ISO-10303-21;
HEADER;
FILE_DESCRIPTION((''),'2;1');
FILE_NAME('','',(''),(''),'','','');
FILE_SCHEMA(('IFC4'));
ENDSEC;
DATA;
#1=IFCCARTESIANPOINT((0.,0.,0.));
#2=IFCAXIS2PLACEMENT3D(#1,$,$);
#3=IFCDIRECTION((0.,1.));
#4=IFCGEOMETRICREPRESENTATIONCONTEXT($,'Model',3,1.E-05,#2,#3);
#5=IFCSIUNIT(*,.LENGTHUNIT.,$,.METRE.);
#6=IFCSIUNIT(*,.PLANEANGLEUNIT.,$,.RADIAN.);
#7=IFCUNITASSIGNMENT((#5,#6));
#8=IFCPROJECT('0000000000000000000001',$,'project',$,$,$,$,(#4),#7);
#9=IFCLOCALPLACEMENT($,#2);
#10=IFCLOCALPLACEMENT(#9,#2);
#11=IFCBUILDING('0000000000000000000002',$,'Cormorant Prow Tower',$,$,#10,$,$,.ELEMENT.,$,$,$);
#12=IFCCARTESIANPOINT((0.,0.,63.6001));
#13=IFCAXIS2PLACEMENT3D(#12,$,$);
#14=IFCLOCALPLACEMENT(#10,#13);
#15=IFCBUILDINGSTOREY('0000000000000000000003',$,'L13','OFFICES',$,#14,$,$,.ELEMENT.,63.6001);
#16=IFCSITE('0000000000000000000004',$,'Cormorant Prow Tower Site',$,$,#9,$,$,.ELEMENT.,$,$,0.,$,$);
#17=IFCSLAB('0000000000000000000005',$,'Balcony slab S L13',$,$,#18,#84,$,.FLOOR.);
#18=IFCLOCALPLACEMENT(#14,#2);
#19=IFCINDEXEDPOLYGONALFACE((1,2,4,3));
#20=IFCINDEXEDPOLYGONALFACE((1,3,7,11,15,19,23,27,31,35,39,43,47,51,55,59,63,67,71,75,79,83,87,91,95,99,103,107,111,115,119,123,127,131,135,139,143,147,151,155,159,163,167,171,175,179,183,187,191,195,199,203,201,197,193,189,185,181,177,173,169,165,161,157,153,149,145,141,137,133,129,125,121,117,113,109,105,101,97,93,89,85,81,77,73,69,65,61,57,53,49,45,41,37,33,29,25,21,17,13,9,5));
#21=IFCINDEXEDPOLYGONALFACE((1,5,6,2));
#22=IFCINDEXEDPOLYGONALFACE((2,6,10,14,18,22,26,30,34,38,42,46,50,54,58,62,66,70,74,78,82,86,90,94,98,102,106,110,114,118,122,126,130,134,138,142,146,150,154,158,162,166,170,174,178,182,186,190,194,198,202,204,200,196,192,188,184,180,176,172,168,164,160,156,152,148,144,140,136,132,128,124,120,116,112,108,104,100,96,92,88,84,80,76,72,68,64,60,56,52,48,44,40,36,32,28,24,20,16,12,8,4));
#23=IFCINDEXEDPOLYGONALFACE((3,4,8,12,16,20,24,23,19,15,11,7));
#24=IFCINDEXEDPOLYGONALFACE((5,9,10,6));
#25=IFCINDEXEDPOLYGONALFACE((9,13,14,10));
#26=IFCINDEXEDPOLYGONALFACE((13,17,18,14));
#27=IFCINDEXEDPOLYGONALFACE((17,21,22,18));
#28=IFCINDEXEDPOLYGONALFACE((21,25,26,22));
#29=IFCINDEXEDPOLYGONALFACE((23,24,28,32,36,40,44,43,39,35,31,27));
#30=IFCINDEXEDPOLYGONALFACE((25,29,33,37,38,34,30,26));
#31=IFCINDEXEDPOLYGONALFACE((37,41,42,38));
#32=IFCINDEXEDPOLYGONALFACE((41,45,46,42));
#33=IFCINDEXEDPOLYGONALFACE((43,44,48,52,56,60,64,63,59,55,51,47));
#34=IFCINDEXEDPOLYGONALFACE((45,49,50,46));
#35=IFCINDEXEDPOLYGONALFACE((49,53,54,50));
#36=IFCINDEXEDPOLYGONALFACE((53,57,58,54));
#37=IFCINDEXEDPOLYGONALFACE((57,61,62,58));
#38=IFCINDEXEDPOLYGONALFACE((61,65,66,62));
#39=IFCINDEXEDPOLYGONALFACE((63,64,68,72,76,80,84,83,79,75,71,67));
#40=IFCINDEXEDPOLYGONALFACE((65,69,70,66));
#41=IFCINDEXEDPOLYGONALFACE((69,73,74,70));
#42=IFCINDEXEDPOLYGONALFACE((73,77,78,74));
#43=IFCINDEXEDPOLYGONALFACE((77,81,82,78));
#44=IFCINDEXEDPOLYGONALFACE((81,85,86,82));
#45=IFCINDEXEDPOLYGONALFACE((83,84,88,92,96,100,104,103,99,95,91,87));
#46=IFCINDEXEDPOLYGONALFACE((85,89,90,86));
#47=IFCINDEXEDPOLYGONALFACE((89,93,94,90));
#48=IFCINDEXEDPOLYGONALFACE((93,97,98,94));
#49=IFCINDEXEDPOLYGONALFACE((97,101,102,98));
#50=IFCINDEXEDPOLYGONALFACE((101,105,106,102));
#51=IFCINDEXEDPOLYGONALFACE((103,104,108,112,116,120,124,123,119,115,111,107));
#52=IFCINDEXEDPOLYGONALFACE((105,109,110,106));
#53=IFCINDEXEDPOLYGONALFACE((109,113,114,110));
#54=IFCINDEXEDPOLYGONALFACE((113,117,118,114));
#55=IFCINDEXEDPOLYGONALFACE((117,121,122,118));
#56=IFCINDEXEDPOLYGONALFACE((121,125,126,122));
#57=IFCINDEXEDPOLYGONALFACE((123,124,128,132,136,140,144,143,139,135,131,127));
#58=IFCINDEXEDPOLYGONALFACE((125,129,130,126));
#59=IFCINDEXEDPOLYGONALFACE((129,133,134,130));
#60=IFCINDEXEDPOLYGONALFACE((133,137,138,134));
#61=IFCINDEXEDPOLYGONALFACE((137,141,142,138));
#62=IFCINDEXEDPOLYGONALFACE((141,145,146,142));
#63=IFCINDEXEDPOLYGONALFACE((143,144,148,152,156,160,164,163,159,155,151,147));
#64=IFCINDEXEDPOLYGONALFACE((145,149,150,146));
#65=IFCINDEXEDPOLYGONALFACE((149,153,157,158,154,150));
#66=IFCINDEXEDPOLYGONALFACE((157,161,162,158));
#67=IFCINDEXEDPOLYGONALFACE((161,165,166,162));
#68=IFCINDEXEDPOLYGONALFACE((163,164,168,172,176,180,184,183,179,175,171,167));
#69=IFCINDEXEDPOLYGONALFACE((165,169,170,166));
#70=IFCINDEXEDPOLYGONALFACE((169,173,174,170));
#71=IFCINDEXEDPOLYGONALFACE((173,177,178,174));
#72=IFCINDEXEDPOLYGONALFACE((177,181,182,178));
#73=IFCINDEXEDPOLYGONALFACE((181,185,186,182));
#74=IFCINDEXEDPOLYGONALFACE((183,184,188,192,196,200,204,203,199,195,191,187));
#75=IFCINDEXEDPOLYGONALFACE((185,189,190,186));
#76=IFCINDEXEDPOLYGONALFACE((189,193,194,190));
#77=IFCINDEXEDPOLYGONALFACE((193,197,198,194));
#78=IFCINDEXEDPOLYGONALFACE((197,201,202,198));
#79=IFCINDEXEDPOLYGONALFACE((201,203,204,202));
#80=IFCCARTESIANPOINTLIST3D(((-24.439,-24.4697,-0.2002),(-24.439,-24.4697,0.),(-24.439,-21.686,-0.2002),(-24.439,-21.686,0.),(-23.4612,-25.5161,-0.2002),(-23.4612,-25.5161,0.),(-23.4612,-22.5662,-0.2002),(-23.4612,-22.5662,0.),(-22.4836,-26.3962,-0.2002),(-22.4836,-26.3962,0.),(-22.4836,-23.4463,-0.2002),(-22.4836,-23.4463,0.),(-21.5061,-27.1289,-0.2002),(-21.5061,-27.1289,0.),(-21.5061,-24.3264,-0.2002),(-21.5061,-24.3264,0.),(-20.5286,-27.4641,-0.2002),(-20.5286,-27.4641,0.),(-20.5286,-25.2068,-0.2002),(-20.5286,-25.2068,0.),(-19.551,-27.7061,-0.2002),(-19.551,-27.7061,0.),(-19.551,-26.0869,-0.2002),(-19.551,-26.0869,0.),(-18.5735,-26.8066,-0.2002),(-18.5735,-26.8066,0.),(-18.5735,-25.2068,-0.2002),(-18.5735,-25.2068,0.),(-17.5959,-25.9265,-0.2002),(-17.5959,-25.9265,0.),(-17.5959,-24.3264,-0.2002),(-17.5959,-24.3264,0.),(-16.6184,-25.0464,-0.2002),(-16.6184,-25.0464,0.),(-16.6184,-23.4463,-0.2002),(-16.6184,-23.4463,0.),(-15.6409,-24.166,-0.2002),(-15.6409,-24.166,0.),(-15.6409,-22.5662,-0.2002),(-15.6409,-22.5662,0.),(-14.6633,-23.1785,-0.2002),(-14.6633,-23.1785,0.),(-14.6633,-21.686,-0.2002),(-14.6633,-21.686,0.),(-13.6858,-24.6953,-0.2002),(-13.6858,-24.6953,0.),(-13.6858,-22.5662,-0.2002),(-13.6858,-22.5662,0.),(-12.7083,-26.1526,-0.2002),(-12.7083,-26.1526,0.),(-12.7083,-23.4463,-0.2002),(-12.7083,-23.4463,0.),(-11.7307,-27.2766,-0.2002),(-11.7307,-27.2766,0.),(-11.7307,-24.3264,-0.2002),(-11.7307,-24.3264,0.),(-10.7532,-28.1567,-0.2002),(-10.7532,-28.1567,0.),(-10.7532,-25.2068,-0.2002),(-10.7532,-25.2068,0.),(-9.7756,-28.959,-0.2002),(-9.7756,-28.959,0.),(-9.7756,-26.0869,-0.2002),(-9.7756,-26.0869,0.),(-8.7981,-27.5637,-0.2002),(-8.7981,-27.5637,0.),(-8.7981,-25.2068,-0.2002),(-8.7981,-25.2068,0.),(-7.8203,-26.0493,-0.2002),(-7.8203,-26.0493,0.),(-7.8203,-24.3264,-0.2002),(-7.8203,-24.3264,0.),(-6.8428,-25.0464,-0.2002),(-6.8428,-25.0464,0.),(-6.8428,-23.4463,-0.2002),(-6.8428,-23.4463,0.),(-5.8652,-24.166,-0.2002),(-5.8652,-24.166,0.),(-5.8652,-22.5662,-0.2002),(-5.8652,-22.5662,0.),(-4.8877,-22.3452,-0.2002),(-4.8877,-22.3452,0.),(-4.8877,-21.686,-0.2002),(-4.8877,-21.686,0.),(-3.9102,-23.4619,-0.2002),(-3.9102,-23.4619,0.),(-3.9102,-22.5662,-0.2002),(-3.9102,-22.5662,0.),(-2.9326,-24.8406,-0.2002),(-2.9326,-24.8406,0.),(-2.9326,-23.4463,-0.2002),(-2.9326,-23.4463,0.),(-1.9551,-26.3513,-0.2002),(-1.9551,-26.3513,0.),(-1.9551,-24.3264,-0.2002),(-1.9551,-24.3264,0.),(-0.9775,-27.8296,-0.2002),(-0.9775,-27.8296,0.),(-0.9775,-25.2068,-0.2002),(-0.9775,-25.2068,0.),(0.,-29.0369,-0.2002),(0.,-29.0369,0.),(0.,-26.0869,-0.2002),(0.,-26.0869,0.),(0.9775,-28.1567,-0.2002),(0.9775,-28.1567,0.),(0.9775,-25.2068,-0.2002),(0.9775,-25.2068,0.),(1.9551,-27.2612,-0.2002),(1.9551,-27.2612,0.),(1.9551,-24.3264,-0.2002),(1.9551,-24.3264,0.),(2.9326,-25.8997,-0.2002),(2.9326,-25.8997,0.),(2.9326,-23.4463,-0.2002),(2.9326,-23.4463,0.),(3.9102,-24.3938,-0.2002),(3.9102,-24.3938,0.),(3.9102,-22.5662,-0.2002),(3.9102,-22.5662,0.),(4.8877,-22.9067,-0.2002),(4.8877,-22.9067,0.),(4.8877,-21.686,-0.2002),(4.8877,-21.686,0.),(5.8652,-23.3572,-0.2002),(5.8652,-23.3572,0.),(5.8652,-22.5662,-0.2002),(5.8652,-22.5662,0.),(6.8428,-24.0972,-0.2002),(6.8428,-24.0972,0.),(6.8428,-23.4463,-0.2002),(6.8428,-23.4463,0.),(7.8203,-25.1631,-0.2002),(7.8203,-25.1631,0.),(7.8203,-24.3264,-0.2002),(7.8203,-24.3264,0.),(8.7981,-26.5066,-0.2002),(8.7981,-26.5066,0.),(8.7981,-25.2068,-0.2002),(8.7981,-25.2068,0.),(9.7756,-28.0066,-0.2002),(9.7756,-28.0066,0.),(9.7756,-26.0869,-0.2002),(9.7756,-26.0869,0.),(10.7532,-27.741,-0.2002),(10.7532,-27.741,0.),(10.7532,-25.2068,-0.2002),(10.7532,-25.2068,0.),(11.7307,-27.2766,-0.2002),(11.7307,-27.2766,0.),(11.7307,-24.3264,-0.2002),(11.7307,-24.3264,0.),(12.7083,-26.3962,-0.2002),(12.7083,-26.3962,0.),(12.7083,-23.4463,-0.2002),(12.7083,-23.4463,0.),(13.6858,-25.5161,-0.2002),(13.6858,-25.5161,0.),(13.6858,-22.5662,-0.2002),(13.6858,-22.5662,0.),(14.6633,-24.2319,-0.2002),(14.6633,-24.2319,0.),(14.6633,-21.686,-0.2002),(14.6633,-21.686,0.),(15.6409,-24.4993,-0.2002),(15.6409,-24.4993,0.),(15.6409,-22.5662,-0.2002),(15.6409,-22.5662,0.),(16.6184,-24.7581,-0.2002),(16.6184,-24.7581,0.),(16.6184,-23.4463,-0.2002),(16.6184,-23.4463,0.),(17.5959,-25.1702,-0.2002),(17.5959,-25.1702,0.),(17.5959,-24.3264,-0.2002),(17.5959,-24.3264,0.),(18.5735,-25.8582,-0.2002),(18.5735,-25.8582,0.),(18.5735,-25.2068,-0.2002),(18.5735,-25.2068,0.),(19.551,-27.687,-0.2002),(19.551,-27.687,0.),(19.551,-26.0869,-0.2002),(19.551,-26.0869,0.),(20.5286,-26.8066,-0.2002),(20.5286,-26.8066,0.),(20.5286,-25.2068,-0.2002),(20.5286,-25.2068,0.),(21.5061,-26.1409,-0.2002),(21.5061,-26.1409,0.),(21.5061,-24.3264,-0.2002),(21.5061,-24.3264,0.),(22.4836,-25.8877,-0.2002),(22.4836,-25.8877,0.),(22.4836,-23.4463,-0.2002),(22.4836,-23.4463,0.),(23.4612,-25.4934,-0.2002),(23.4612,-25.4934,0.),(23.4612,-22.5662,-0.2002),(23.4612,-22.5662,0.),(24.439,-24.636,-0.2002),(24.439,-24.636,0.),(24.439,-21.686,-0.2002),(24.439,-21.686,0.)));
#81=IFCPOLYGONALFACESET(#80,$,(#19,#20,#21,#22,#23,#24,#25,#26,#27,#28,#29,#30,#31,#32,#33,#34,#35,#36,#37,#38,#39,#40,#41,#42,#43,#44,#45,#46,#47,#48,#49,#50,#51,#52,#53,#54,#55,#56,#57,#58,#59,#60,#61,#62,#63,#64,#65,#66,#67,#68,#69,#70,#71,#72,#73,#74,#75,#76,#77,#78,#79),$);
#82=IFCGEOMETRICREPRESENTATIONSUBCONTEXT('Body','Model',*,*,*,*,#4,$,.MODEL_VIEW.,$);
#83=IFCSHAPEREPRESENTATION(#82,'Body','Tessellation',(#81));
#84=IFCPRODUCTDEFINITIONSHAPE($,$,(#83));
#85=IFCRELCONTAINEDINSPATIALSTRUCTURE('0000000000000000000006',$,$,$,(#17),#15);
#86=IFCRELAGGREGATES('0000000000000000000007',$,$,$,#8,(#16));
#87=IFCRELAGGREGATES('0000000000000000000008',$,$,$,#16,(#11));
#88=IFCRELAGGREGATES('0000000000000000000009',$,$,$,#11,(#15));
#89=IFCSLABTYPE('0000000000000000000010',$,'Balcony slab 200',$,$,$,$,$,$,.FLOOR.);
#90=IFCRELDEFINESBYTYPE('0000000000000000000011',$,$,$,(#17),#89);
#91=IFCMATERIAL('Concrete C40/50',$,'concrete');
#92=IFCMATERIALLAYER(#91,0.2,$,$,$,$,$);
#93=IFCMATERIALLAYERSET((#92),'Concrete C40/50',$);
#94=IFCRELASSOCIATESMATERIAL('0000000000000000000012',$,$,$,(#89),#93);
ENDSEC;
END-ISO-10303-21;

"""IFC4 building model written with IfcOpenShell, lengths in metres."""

from ifc_helpers import new_model, si_unit, direction, frame, origin, place, context, subcontext, project, spatial, polyline, outline, extrude, material, layer, layer_set, type_object, element, save


model = new_model("IFC4")

# Units and contexts
model_context = context("Model", 3, precision=1e-05, world=origin(), true_north=direction((0.0, 1.0)))
body_context = subcontext(model_context, "Body", "Model", "MODEL_VIEW")
ifc_project = project(units=[si_unit("LENGTHUNIT", "METRE"), si_unit("PLANEANGLEUNIT", "RADIAN")], contexts=[model_context])

# Site, building, storey
site_placement = place(None, origin())
site = spatial("IfcSite", under=ifc_project, at=site_placement, Name="Cormorant Prow Tower Site", CompositionType="ELEMENT", RefElevation=0.0)
building_placement = place(site_placement, origin())
building = spatial("IfcBuilding", under=site, at=building_placement, Name="Cormorant Prow Tower", CompositionType="ELEMENT")
storey_placement = place(building_placement, frame((0.0, 0.0, 63.6001)))
storey = spatial("IfcBuildingStorey", under=building, at=storey_placement, Name="L13", Description="OFFICES", CompositionType="ELEMENT", Elevation=63.6001)

# Slab
ifc_material_1 = material(Name="Concrete C40/50", Category="concrete")
ifc_layer_1 = layer(ifc_material_1, 0.2)
ifc_layer_set_1 = layer_set([ifc_layer_1], Name="Concrete C40/50")
slab_type_1 = type_object("IfcSlabType", Name="Balcony slab 200", PredefinedType="FLOOR", material=ifc_layer_set_1)
slab_1_placement = place(storey_placement, frame((0.0, 0.0, -0.2002)))
element("IfcSlab", 1, at=slab_1_placement, inside=storey, type_object=slab_type_1, Name="Balcony slab S L13", PredefinedType="FLOOR", context=body_context, shape_type="SweptSolid", body=[
    extrude(outline(polyline([(-24.439, -21.686), (-24.439, -24.4697), (-23.4612, -25.5161), (-22.4836, -26.3962), (-21.5061, -27.1289), (-20.5286, -27.4641), (-19.551, -27.7061), (-18.5735, -26.8066), (-17.5959, -25.9265), (-16.6184, -25.0464), (-15.6409, -24.166), (-14.6633, -23.1785), (-13.6858, -24.6953), (-12.7083, -26.1526), (-11.7307, -27.2766), (-10.7532, -28.1567), (-9.7756, -28.959), (-8.7981, -27.5637), (-7.8203, -26.0493), (-6.8428, -25.0464), (-5.8652, -24.166), (-4.8877, -22.3452), (-3.9102, -23.4619), (-2.9326, -24.8406), (-1.9551, -26.3513), (-0.9775, -27.8296), (0.0, -29.0369), (0.9775, -28.1567), (1.9551, -27.2612), (2.9326, -25.8997), (3.9102, -24.3938), (4.8877, -22.9067), (5.8652, -23.3572), (6.8428, -24.0972), (7.8203, -25.1631), (8.7981, -26.5066), (9.7756, -28.0066), (10.7532, -27.741), (11.7307, -27.2766), (12.7083, -26.3962), (13.6858, -25.5161), (14.6633, -24.2319), (15.6409, -24.4993), (16.6184, -24.7581), (17.5959, -25.1702), (18.5735, -25.8582), (19.551, -27.687), (20.5286, -26.8066), (21.5061, -26.1409), (22.4836, -25.8877), (23.4612, -25.4934), (24.439, -24.636), (24.439, -21.686), (23.4612, -22.5662), (22.4836, -23.4463), (21.5061, -24.3264), (20.5286, -25.2068), (19.551, -26.0869), (18.5735, -25.2068), (17.5959, -24.3264), (16.6184, -23.4463), (15.6409, -22.5662), (14.6633, -21.686), (13.6858, -22.5662), (12.7083, -23.4463), (11.7307, -24.3264), (10.7532, -25.2068), (9.7756, -26.0869), (8.7981, -25.2068), (7.8203, -24.3264), (6.8428, -23.4463), (5.8652, -22.5662), (4.8877, -21.686), (3.9102, -22.5662), (2.9326, -23.4463), (1.9551, -24.3264), (0.9775, -25.2068), (0.0, -26.0869), (-0.9775, -25.2068), (-1.9551, -24.3264), (-2.9326, -23.4463), (-3.9102, -22.5662), (-4.8877, -21.686), (-5.8652, -22.5662), (-6.8428, -23.4463), (-7.8203, -24.3264), (-8.7981, -25.2068), (-9.7756, -26.0869), (-10.7532, -25.2068), (-11.7307, -24.3264), (-12.7083, -23.4463), (-13.6858, -22.5662), (-14.6633, -21.686), (-15.6409, -22.5662), (-16.6184, -23.4463), (-17.5959, -24.3264), (-18.5735, -25.2068), (-19.551, -26.0869), (-20.5286, -25.2068), (-21.5061, -24.3264), (-22.4836, -23.4463), (-23.4612, -22.5662), (-24.439, -21.686)])), origin(), (0.0, 0.0, 1.0), 0.2002),
])

save(model, "model.ifc")
